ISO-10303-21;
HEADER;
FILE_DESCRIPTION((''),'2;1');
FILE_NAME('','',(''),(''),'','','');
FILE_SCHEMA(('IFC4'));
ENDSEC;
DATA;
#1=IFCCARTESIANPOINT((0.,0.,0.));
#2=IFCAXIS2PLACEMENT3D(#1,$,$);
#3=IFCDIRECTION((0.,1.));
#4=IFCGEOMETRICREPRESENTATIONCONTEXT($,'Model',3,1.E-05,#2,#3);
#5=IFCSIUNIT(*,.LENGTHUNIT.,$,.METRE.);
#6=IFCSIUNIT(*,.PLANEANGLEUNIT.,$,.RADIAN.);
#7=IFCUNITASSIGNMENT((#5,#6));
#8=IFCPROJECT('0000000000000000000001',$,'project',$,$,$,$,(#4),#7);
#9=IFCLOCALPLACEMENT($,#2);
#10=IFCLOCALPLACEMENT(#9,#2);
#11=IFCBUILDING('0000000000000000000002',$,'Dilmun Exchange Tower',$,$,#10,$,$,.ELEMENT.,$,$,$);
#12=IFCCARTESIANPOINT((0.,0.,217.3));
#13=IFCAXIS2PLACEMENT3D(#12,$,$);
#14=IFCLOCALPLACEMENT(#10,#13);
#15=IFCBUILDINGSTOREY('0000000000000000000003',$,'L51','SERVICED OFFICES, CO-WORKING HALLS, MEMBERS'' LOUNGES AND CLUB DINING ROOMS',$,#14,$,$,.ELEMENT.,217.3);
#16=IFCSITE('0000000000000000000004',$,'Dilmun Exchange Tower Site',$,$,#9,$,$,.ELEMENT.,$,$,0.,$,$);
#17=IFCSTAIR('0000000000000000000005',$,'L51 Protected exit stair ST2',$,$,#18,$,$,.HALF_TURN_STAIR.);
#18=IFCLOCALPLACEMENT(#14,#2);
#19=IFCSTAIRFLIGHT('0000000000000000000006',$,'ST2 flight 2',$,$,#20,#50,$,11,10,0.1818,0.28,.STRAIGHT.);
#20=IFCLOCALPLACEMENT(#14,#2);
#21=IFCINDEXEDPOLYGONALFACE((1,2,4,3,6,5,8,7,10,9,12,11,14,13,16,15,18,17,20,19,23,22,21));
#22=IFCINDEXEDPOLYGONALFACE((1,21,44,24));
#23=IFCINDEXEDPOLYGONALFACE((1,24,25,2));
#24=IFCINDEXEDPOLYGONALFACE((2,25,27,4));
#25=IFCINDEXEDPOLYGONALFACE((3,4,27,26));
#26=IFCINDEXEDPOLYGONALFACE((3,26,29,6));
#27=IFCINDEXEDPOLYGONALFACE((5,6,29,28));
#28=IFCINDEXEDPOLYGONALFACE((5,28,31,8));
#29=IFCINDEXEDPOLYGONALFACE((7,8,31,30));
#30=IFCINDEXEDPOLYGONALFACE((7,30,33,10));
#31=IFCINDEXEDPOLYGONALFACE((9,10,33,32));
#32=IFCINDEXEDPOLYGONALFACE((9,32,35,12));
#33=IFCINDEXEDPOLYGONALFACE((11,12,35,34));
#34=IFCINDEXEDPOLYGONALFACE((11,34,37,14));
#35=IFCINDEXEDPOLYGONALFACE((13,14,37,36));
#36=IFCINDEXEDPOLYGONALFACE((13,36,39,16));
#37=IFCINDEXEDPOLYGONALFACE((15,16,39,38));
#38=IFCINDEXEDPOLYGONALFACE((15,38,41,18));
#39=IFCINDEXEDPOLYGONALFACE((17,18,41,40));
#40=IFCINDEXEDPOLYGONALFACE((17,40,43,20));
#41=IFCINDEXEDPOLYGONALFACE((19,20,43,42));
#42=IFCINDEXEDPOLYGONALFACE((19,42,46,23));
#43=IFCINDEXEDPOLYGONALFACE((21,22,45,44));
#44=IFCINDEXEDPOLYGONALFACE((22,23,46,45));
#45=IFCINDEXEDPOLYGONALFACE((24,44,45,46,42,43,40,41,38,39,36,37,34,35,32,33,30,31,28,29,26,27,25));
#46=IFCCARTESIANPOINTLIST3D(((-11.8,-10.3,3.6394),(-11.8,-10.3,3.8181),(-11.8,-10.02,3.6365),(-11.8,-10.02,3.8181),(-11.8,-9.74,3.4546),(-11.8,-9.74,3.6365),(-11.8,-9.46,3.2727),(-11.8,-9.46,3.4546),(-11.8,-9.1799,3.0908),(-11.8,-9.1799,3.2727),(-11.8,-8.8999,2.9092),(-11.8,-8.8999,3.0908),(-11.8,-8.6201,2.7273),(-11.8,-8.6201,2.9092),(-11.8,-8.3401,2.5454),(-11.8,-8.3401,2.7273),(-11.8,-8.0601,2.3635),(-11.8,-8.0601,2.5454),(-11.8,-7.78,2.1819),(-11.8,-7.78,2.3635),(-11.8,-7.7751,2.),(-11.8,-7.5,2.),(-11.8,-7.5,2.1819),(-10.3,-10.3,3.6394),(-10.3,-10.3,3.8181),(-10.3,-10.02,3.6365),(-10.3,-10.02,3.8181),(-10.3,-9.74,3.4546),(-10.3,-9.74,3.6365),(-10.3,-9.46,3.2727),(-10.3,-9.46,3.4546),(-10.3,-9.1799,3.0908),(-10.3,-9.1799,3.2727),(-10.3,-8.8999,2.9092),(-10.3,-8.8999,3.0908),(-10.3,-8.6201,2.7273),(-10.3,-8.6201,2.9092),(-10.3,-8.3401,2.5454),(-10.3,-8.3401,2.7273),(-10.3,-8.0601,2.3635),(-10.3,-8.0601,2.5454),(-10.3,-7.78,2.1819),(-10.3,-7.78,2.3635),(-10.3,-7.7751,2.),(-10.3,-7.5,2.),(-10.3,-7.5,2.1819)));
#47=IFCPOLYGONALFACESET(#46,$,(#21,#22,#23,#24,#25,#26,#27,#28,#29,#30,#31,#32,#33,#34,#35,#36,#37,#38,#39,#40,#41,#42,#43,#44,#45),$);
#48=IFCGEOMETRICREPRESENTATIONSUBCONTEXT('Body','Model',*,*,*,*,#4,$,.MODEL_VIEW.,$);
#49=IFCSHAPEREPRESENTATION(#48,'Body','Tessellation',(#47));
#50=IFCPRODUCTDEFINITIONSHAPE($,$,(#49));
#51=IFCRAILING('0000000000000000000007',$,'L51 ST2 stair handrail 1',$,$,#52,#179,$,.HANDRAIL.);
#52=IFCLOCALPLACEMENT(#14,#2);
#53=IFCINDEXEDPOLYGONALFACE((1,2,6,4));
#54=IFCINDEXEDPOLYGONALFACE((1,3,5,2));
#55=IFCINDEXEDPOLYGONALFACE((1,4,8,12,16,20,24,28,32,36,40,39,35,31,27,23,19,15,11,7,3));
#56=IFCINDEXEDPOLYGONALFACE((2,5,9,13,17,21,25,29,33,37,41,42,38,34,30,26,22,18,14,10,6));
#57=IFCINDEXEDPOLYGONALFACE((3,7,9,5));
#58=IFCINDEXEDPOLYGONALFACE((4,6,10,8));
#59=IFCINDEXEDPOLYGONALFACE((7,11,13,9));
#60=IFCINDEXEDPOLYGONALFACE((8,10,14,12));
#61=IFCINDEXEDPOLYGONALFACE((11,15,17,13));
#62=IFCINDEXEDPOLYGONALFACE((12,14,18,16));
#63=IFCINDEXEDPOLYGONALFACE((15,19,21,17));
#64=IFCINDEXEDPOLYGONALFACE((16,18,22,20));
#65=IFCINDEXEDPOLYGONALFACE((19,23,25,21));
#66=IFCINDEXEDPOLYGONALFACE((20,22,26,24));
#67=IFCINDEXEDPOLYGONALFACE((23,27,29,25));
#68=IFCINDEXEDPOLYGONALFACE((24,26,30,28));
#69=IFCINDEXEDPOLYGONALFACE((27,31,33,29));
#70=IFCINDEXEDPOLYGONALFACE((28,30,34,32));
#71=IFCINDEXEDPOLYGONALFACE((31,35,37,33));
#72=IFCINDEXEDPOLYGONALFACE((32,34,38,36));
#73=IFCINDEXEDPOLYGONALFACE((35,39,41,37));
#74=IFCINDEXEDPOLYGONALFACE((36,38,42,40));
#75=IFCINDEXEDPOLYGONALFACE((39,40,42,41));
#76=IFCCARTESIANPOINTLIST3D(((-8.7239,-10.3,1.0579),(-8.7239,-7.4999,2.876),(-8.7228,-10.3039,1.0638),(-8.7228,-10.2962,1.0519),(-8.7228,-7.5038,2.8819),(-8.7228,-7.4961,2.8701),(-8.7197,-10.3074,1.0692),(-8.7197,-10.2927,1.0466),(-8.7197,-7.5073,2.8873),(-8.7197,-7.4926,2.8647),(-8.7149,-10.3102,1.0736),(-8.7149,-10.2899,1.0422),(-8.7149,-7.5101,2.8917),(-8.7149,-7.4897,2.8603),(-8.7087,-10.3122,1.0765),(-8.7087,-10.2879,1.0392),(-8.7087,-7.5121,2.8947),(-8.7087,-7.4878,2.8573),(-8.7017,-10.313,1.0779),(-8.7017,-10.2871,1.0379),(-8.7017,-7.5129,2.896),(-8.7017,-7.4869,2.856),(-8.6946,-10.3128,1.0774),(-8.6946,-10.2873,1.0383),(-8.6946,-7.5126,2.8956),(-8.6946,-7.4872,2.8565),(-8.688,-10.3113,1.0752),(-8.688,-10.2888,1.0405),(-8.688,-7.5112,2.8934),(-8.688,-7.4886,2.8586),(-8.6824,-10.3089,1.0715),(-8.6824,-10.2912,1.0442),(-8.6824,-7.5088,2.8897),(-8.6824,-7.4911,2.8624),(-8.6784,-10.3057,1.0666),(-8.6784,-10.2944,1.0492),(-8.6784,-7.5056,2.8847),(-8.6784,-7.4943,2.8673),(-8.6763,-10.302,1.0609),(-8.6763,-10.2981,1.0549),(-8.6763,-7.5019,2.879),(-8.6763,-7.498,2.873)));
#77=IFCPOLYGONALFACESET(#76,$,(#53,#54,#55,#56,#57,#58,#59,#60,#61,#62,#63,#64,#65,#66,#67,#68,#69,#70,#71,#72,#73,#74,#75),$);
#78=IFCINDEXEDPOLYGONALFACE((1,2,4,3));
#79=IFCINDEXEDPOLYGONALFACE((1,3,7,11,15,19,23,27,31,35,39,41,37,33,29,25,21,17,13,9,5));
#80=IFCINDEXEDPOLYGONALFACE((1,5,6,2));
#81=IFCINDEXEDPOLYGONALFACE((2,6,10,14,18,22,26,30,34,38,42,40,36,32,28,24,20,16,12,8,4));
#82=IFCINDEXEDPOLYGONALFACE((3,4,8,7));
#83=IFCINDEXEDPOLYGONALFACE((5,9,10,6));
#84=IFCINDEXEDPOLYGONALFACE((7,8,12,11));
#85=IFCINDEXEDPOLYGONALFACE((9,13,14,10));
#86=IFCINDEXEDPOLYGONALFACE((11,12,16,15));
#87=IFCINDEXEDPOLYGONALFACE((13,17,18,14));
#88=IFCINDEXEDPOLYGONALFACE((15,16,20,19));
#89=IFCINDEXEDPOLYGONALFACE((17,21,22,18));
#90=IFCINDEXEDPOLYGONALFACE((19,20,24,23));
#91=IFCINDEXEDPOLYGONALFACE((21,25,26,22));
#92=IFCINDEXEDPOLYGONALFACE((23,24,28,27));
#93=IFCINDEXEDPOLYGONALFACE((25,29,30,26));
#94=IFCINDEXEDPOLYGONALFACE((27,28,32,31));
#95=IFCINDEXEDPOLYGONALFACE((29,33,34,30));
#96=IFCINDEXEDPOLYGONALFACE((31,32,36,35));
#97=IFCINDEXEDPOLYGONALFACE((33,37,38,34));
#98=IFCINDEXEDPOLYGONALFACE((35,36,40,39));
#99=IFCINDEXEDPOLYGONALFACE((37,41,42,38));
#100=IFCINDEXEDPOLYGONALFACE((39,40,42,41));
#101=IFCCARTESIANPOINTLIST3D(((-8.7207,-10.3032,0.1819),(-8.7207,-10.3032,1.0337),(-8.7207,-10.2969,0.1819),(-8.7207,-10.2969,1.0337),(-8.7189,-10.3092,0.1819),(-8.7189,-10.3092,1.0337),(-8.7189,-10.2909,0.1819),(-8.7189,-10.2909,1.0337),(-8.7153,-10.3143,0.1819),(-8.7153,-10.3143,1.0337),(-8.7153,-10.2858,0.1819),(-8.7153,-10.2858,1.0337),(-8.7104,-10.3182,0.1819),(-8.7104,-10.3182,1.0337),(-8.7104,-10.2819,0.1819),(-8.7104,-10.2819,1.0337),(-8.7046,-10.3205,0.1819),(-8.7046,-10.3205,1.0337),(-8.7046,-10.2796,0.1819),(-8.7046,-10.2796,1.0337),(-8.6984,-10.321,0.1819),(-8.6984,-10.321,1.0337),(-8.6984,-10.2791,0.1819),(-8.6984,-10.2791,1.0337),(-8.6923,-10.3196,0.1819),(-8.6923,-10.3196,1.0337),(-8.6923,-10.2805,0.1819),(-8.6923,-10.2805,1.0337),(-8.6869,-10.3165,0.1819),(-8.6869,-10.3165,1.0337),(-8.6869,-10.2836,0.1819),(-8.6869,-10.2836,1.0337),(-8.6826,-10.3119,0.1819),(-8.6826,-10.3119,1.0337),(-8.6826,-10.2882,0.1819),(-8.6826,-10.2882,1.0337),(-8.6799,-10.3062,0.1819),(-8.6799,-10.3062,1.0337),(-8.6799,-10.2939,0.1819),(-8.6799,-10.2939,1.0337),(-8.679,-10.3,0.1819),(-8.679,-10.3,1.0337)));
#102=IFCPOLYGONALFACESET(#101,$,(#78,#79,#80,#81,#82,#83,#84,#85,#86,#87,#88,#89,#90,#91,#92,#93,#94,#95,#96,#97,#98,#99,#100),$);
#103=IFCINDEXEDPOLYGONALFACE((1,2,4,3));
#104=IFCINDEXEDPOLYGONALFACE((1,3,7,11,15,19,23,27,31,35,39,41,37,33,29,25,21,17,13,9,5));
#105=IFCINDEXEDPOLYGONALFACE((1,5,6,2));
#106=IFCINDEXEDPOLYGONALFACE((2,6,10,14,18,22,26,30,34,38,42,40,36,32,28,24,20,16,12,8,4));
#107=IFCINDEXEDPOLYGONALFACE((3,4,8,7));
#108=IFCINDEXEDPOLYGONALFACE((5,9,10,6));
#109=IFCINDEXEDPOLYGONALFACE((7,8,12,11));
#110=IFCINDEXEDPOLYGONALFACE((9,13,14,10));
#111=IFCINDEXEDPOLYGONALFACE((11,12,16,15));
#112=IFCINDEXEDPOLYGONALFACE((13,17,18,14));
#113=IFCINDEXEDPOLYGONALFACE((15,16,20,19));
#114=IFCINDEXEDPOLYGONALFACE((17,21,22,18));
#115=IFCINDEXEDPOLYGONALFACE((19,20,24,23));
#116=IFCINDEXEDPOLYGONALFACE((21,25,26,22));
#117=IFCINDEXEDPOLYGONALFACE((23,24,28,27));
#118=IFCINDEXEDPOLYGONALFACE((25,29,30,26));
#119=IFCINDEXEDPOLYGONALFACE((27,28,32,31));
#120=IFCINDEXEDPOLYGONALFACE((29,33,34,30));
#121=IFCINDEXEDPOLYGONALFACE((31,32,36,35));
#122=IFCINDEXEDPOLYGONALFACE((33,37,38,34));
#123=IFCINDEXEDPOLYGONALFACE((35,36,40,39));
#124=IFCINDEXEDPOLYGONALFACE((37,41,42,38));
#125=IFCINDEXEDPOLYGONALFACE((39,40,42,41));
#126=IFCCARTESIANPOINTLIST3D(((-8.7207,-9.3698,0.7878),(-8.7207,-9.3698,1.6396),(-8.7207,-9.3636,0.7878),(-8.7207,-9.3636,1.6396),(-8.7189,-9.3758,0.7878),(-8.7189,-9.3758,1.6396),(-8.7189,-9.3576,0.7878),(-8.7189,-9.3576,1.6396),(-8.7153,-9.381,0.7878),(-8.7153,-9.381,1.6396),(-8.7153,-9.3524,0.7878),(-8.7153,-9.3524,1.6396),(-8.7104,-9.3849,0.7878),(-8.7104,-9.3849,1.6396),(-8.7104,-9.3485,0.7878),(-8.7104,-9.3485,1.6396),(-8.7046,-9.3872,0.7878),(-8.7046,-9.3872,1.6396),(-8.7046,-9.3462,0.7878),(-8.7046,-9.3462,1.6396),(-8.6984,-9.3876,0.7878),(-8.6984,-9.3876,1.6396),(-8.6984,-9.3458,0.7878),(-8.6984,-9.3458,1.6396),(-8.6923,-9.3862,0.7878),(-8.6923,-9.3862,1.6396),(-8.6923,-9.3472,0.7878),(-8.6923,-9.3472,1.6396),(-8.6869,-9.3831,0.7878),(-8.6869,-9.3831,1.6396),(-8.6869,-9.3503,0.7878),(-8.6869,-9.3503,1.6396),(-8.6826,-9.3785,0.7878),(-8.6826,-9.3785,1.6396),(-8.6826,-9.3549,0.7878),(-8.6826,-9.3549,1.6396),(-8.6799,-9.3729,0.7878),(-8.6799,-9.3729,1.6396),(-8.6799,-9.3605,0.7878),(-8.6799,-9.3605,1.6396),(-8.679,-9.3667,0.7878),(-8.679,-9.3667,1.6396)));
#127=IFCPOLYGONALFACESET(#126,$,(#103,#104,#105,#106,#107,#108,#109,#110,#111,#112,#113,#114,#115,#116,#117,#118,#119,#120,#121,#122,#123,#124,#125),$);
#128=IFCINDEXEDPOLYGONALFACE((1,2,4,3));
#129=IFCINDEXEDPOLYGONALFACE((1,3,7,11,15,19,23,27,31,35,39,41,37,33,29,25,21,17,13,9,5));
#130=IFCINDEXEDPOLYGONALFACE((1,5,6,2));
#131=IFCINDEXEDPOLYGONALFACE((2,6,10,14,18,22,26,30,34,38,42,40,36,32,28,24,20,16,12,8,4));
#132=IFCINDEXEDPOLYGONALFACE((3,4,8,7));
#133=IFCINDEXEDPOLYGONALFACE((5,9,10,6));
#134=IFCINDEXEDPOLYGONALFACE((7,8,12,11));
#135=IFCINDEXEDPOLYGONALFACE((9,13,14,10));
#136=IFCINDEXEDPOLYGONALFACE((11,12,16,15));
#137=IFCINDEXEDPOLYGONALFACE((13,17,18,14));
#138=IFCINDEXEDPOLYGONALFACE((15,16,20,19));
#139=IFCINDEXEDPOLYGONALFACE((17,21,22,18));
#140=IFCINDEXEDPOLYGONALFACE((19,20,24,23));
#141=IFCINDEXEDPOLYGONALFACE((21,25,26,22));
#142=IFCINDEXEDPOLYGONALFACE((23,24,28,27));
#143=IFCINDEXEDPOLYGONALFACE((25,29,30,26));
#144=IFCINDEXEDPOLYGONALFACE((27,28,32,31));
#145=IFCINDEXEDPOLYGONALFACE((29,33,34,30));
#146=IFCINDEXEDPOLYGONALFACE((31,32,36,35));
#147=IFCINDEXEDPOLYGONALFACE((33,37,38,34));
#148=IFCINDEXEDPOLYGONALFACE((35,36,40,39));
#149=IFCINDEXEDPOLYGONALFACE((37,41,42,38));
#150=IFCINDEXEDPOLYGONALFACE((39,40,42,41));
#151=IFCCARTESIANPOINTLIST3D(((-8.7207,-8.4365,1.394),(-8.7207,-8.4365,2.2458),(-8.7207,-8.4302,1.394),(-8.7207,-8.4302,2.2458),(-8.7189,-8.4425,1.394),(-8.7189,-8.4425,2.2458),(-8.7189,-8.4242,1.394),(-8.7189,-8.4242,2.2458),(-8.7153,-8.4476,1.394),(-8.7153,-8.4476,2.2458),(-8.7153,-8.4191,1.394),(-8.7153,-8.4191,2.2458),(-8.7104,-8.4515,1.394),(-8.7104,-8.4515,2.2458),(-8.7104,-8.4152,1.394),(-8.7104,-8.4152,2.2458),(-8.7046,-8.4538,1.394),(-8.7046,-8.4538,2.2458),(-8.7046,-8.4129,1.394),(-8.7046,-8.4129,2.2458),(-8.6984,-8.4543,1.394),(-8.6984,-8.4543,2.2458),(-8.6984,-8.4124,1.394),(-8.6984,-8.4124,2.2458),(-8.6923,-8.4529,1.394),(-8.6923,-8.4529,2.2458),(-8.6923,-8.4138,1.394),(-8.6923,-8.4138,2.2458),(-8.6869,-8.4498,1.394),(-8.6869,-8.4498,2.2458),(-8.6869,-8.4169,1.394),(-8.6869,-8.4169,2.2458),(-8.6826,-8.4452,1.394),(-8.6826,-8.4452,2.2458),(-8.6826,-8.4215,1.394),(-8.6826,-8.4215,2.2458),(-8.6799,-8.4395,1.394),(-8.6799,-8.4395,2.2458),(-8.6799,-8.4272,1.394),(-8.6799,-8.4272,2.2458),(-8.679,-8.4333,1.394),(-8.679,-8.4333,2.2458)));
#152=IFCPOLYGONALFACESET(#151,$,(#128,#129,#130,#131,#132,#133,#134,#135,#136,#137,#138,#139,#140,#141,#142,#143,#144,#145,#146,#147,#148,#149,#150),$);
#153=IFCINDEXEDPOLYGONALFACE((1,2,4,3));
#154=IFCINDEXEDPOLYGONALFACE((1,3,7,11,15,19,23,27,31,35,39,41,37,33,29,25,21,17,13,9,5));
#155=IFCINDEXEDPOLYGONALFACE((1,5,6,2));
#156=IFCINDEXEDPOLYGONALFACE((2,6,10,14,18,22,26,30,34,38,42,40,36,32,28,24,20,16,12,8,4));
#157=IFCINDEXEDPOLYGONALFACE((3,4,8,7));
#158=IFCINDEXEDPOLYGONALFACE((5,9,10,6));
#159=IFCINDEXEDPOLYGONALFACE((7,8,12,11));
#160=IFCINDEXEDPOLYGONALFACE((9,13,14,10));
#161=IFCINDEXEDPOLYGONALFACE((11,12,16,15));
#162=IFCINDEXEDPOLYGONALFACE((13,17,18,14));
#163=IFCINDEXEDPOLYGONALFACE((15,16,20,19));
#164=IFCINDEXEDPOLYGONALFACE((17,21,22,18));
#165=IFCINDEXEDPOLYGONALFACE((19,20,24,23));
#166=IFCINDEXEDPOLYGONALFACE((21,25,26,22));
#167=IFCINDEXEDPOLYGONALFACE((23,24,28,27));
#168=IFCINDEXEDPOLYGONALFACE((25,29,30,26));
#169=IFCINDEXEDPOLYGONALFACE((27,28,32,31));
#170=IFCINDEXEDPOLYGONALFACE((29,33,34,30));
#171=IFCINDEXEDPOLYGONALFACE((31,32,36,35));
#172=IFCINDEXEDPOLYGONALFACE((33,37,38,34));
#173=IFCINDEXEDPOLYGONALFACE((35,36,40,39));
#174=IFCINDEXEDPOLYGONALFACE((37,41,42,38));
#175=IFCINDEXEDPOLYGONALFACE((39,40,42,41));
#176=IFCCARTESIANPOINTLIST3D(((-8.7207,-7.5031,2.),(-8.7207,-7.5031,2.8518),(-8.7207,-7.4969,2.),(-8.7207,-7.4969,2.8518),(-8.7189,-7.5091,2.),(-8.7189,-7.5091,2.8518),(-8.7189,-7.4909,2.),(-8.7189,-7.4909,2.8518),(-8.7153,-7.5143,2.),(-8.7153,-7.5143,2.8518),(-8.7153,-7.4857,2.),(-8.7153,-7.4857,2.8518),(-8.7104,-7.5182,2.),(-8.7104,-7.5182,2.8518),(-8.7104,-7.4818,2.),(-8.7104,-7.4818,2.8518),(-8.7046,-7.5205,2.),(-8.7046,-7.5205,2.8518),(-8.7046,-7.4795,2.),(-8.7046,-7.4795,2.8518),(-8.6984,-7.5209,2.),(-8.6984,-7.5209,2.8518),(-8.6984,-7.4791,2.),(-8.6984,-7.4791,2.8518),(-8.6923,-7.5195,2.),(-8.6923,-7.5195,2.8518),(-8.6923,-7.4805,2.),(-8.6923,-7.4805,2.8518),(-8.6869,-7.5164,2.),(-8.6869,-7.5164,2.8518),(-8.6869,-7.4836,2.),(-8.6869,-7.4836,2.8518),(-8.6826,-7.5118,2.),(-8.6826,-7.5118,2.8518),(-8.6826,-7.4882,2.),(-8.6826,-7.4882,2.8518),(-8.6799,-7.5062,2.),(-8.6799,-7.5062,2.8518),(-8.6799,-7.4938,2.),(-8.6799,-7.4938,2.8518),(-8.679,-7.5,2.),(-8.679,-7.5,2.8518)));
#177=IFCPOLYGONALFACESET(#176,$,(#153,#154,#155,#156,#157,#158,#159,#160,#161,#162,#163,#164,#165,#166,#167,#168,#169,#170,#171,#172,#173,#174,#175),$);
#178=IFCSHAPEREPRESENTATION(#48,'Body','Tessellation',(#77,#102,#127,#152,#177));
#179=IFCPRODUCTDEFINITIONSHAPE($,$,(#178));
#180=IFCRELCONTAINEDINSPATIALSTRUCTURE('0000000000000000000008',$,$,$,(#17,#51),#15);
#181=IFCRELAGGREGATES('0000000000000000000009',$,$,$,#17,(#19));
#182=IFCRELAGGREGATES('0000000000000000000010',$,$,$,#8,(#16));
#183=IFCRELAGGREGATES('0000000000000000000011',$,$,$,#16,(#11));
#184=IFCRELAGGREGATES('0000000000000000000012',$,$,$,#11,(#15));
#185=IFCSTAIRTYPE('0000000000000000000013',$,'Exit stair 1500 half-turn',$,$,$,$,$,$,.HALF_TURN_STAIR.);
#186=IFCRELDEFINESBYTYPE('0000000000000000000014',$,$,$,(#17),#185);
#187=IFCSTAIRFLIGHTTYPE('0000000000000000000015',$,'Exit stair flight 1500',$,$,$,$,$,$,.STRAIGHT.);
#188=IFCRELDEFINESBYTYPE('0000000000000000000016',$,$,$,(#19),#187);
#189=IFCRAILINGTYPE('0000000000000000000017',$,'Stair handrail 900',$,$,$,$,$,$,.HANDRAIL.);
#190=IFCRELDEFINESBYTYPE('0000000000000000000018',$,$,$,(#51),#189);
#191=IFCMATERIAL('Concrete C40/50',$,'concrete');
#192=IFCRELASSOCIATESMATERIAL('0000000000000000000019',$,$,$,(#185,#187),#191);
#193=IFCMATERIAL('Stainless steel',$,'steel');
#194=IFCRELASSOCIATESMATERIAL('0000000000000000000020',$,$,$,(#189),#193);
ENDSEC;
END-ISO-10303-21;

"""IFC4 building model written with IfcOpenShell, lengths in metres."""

from ifc_helpers import new_model, si_unit, direction, frame, origin, origin_2d, place, context, subcontext, project, spatial, polyline, circle, outline, extrude, material, type_object, element, aggregate, save


model = new_model("IFC4")

# Units and contexts
model_context = context("Model", 3, precision=1e-05, world=origin(), true_north=direction((0.0, 1.0)))
body_context = subcontext(model_context, "Body", "Model", "MODEL_VIEW")
ifc_project = project(units=[si_unit("LENGTHUNIT", "METRE"), si_unit("PLANEANGLEUNIT", "RADIAN")], contexts=[model_context])

# Site, building, storey
site_placement = place(None, origin())
site = spatial("IfcSite", under=ifc_project, at=site_placement, Name="Dilmun Exchange Tower Site", CompositionType="ELEMENT", RefElevation=0.0)
building_placement = place(site_placement, origin())
building = spatial("IfcBuilding", under=site, at=building_placement, Name="Dilmun Exchange Tower", CompositionType="ELEMENT")
storey_placement = place(building_placement, frame((0.0, 0.0, 217.3)))
storey = spatial("IfcBuildingStorey", under=building, at=storey_placement, Name="L51", Description="SERVICED OFFICES, CO-WORKING HALLS, MEMBERS' LOUNGES AND CLUB DINING ROOMS", CompositionType="ELEMENT", Elevation=217.3)

# Shared definitions
ifc_material_1 = material(Name="Concrete C40/50", Category="concrete")

# Stair, stair flight
stair_type = type_object("IfcStairType", Name="Exit stair 1500 half-turn", PredefinedType="HALF_TURN_STAIR", material=ifc_material_1)
stair_placement = place(storey_placement, origin())
stair = element("IfcStair", 1, at=stair_placement, inside=storey, type_object=stair_type, Name="L51 Protected exit stair ST2", PredefinedType="HALF_TURN_STAIR")
stair_flight_type = type_object("IfcStairFlightType", Name="Exit stair flight 1500", PredefinedType="STRAIGHT", material=ifc_material_1)
stair_flight_placement = place(storey_placement, frame((-11.05, -7.5, 2.0), z_axis=(0.0, 0.0, 1.0), x_axis=(0.0, -1.0, 0.0)))
stair_flight = element("IfcStairFlight", 2, at=stair_flight_placement, type_object=stair_flight_type, Name="ST2 flight 2", NumberOfRisers=11, NumberOfTreads=10, PredefinedType="STRAIGHT", RiserHeight=0.1818, TreadLength=0.28, context=body_context, shape_type="SweptSolid", body=[
    extrude(outline(polyline([(0.0, 0.0), (0.0, 0.1819), (0.28, 0.1819), (0.28, 0.3635), (0.5601, 0.3635), (0.5601, 0.5454), (0.8401, 0.5454), (0.8401, 0.7273), (1.1201, 0.7273), (1.1201, 0.9092), (1.3999, 0.9092), (1.3999, 1.0908), (1.6799, 1.0908), (1.6799, 1.2727), (1.96, 1.2727), (1.96, 1.4546), (2.24, 1.4546), (2.24, 1.6365), (2.52, 1.6365), (2.52, 1.8181), (2.8, 1.8181), (2.8, 2.0), (2.8, 1.6394), (0.2751, 0.0), (0.0, 0.0)])), frame((0.0, 0.75, 0.0), z_axis=(0.0, -1.0, 0.0), x_axis=(1.0, 0.0, 0.0)), (0.0, 0.0, 1.0), 1.5),
])
aggregate(stair, [stair_flight])

# Railing
ifc_material_2 = material(Name="Stainless steel", Category="steel")
railing_type = type_object("IfcRailingType", Name="Stair handrail 900", PredefinedType="HANDRAIL", material=ifc_material_2)
railing_placement = place(storey_placement, frame((-8.7, -10.3, 0.1819)))
element("IfcRailing", 3, at=railing_placement, inside=storey, type_object=railing_type, Name="L51 ST2 stair handrail 1", PredefinedType="HANDRAIL", context=body_context, shape_type="SweptSolid", body=[
    extrude(circle(Radius=0.0239, at=origin_2d()), frame((0.0, 0.0, 0.876), z_axis=(0.0, 0.838706, 0.544585), x_axis=(-1.0, 0.0, 0.0)), (0.0, 0.0, 1.0), 3.3386),
    extrude(circle(Radius=0.021, at=origin_2d()), origin(), (0.0, 0.0, 1.0), 0.8518),
    extrude(circle(Radius=0.021, at=origin_2d()), frame((0.0, 0.9333, 0.606)), (0.0, 0.0, 1.0), 0.8518),
    extrude(circle(Radius=0.021, at=origin_2d()), frame((0.0, 1.8667, 1.2122)), (0.0, 0.0, 1.0), 0.8518),
    extrude(circle(Radius=0.021, at=origin_2d()), frame((0.0, 2.8, 1.8181)), (0.0, 0.0, 1.0), 0.8518),
])

save(model, "model.ifc")
